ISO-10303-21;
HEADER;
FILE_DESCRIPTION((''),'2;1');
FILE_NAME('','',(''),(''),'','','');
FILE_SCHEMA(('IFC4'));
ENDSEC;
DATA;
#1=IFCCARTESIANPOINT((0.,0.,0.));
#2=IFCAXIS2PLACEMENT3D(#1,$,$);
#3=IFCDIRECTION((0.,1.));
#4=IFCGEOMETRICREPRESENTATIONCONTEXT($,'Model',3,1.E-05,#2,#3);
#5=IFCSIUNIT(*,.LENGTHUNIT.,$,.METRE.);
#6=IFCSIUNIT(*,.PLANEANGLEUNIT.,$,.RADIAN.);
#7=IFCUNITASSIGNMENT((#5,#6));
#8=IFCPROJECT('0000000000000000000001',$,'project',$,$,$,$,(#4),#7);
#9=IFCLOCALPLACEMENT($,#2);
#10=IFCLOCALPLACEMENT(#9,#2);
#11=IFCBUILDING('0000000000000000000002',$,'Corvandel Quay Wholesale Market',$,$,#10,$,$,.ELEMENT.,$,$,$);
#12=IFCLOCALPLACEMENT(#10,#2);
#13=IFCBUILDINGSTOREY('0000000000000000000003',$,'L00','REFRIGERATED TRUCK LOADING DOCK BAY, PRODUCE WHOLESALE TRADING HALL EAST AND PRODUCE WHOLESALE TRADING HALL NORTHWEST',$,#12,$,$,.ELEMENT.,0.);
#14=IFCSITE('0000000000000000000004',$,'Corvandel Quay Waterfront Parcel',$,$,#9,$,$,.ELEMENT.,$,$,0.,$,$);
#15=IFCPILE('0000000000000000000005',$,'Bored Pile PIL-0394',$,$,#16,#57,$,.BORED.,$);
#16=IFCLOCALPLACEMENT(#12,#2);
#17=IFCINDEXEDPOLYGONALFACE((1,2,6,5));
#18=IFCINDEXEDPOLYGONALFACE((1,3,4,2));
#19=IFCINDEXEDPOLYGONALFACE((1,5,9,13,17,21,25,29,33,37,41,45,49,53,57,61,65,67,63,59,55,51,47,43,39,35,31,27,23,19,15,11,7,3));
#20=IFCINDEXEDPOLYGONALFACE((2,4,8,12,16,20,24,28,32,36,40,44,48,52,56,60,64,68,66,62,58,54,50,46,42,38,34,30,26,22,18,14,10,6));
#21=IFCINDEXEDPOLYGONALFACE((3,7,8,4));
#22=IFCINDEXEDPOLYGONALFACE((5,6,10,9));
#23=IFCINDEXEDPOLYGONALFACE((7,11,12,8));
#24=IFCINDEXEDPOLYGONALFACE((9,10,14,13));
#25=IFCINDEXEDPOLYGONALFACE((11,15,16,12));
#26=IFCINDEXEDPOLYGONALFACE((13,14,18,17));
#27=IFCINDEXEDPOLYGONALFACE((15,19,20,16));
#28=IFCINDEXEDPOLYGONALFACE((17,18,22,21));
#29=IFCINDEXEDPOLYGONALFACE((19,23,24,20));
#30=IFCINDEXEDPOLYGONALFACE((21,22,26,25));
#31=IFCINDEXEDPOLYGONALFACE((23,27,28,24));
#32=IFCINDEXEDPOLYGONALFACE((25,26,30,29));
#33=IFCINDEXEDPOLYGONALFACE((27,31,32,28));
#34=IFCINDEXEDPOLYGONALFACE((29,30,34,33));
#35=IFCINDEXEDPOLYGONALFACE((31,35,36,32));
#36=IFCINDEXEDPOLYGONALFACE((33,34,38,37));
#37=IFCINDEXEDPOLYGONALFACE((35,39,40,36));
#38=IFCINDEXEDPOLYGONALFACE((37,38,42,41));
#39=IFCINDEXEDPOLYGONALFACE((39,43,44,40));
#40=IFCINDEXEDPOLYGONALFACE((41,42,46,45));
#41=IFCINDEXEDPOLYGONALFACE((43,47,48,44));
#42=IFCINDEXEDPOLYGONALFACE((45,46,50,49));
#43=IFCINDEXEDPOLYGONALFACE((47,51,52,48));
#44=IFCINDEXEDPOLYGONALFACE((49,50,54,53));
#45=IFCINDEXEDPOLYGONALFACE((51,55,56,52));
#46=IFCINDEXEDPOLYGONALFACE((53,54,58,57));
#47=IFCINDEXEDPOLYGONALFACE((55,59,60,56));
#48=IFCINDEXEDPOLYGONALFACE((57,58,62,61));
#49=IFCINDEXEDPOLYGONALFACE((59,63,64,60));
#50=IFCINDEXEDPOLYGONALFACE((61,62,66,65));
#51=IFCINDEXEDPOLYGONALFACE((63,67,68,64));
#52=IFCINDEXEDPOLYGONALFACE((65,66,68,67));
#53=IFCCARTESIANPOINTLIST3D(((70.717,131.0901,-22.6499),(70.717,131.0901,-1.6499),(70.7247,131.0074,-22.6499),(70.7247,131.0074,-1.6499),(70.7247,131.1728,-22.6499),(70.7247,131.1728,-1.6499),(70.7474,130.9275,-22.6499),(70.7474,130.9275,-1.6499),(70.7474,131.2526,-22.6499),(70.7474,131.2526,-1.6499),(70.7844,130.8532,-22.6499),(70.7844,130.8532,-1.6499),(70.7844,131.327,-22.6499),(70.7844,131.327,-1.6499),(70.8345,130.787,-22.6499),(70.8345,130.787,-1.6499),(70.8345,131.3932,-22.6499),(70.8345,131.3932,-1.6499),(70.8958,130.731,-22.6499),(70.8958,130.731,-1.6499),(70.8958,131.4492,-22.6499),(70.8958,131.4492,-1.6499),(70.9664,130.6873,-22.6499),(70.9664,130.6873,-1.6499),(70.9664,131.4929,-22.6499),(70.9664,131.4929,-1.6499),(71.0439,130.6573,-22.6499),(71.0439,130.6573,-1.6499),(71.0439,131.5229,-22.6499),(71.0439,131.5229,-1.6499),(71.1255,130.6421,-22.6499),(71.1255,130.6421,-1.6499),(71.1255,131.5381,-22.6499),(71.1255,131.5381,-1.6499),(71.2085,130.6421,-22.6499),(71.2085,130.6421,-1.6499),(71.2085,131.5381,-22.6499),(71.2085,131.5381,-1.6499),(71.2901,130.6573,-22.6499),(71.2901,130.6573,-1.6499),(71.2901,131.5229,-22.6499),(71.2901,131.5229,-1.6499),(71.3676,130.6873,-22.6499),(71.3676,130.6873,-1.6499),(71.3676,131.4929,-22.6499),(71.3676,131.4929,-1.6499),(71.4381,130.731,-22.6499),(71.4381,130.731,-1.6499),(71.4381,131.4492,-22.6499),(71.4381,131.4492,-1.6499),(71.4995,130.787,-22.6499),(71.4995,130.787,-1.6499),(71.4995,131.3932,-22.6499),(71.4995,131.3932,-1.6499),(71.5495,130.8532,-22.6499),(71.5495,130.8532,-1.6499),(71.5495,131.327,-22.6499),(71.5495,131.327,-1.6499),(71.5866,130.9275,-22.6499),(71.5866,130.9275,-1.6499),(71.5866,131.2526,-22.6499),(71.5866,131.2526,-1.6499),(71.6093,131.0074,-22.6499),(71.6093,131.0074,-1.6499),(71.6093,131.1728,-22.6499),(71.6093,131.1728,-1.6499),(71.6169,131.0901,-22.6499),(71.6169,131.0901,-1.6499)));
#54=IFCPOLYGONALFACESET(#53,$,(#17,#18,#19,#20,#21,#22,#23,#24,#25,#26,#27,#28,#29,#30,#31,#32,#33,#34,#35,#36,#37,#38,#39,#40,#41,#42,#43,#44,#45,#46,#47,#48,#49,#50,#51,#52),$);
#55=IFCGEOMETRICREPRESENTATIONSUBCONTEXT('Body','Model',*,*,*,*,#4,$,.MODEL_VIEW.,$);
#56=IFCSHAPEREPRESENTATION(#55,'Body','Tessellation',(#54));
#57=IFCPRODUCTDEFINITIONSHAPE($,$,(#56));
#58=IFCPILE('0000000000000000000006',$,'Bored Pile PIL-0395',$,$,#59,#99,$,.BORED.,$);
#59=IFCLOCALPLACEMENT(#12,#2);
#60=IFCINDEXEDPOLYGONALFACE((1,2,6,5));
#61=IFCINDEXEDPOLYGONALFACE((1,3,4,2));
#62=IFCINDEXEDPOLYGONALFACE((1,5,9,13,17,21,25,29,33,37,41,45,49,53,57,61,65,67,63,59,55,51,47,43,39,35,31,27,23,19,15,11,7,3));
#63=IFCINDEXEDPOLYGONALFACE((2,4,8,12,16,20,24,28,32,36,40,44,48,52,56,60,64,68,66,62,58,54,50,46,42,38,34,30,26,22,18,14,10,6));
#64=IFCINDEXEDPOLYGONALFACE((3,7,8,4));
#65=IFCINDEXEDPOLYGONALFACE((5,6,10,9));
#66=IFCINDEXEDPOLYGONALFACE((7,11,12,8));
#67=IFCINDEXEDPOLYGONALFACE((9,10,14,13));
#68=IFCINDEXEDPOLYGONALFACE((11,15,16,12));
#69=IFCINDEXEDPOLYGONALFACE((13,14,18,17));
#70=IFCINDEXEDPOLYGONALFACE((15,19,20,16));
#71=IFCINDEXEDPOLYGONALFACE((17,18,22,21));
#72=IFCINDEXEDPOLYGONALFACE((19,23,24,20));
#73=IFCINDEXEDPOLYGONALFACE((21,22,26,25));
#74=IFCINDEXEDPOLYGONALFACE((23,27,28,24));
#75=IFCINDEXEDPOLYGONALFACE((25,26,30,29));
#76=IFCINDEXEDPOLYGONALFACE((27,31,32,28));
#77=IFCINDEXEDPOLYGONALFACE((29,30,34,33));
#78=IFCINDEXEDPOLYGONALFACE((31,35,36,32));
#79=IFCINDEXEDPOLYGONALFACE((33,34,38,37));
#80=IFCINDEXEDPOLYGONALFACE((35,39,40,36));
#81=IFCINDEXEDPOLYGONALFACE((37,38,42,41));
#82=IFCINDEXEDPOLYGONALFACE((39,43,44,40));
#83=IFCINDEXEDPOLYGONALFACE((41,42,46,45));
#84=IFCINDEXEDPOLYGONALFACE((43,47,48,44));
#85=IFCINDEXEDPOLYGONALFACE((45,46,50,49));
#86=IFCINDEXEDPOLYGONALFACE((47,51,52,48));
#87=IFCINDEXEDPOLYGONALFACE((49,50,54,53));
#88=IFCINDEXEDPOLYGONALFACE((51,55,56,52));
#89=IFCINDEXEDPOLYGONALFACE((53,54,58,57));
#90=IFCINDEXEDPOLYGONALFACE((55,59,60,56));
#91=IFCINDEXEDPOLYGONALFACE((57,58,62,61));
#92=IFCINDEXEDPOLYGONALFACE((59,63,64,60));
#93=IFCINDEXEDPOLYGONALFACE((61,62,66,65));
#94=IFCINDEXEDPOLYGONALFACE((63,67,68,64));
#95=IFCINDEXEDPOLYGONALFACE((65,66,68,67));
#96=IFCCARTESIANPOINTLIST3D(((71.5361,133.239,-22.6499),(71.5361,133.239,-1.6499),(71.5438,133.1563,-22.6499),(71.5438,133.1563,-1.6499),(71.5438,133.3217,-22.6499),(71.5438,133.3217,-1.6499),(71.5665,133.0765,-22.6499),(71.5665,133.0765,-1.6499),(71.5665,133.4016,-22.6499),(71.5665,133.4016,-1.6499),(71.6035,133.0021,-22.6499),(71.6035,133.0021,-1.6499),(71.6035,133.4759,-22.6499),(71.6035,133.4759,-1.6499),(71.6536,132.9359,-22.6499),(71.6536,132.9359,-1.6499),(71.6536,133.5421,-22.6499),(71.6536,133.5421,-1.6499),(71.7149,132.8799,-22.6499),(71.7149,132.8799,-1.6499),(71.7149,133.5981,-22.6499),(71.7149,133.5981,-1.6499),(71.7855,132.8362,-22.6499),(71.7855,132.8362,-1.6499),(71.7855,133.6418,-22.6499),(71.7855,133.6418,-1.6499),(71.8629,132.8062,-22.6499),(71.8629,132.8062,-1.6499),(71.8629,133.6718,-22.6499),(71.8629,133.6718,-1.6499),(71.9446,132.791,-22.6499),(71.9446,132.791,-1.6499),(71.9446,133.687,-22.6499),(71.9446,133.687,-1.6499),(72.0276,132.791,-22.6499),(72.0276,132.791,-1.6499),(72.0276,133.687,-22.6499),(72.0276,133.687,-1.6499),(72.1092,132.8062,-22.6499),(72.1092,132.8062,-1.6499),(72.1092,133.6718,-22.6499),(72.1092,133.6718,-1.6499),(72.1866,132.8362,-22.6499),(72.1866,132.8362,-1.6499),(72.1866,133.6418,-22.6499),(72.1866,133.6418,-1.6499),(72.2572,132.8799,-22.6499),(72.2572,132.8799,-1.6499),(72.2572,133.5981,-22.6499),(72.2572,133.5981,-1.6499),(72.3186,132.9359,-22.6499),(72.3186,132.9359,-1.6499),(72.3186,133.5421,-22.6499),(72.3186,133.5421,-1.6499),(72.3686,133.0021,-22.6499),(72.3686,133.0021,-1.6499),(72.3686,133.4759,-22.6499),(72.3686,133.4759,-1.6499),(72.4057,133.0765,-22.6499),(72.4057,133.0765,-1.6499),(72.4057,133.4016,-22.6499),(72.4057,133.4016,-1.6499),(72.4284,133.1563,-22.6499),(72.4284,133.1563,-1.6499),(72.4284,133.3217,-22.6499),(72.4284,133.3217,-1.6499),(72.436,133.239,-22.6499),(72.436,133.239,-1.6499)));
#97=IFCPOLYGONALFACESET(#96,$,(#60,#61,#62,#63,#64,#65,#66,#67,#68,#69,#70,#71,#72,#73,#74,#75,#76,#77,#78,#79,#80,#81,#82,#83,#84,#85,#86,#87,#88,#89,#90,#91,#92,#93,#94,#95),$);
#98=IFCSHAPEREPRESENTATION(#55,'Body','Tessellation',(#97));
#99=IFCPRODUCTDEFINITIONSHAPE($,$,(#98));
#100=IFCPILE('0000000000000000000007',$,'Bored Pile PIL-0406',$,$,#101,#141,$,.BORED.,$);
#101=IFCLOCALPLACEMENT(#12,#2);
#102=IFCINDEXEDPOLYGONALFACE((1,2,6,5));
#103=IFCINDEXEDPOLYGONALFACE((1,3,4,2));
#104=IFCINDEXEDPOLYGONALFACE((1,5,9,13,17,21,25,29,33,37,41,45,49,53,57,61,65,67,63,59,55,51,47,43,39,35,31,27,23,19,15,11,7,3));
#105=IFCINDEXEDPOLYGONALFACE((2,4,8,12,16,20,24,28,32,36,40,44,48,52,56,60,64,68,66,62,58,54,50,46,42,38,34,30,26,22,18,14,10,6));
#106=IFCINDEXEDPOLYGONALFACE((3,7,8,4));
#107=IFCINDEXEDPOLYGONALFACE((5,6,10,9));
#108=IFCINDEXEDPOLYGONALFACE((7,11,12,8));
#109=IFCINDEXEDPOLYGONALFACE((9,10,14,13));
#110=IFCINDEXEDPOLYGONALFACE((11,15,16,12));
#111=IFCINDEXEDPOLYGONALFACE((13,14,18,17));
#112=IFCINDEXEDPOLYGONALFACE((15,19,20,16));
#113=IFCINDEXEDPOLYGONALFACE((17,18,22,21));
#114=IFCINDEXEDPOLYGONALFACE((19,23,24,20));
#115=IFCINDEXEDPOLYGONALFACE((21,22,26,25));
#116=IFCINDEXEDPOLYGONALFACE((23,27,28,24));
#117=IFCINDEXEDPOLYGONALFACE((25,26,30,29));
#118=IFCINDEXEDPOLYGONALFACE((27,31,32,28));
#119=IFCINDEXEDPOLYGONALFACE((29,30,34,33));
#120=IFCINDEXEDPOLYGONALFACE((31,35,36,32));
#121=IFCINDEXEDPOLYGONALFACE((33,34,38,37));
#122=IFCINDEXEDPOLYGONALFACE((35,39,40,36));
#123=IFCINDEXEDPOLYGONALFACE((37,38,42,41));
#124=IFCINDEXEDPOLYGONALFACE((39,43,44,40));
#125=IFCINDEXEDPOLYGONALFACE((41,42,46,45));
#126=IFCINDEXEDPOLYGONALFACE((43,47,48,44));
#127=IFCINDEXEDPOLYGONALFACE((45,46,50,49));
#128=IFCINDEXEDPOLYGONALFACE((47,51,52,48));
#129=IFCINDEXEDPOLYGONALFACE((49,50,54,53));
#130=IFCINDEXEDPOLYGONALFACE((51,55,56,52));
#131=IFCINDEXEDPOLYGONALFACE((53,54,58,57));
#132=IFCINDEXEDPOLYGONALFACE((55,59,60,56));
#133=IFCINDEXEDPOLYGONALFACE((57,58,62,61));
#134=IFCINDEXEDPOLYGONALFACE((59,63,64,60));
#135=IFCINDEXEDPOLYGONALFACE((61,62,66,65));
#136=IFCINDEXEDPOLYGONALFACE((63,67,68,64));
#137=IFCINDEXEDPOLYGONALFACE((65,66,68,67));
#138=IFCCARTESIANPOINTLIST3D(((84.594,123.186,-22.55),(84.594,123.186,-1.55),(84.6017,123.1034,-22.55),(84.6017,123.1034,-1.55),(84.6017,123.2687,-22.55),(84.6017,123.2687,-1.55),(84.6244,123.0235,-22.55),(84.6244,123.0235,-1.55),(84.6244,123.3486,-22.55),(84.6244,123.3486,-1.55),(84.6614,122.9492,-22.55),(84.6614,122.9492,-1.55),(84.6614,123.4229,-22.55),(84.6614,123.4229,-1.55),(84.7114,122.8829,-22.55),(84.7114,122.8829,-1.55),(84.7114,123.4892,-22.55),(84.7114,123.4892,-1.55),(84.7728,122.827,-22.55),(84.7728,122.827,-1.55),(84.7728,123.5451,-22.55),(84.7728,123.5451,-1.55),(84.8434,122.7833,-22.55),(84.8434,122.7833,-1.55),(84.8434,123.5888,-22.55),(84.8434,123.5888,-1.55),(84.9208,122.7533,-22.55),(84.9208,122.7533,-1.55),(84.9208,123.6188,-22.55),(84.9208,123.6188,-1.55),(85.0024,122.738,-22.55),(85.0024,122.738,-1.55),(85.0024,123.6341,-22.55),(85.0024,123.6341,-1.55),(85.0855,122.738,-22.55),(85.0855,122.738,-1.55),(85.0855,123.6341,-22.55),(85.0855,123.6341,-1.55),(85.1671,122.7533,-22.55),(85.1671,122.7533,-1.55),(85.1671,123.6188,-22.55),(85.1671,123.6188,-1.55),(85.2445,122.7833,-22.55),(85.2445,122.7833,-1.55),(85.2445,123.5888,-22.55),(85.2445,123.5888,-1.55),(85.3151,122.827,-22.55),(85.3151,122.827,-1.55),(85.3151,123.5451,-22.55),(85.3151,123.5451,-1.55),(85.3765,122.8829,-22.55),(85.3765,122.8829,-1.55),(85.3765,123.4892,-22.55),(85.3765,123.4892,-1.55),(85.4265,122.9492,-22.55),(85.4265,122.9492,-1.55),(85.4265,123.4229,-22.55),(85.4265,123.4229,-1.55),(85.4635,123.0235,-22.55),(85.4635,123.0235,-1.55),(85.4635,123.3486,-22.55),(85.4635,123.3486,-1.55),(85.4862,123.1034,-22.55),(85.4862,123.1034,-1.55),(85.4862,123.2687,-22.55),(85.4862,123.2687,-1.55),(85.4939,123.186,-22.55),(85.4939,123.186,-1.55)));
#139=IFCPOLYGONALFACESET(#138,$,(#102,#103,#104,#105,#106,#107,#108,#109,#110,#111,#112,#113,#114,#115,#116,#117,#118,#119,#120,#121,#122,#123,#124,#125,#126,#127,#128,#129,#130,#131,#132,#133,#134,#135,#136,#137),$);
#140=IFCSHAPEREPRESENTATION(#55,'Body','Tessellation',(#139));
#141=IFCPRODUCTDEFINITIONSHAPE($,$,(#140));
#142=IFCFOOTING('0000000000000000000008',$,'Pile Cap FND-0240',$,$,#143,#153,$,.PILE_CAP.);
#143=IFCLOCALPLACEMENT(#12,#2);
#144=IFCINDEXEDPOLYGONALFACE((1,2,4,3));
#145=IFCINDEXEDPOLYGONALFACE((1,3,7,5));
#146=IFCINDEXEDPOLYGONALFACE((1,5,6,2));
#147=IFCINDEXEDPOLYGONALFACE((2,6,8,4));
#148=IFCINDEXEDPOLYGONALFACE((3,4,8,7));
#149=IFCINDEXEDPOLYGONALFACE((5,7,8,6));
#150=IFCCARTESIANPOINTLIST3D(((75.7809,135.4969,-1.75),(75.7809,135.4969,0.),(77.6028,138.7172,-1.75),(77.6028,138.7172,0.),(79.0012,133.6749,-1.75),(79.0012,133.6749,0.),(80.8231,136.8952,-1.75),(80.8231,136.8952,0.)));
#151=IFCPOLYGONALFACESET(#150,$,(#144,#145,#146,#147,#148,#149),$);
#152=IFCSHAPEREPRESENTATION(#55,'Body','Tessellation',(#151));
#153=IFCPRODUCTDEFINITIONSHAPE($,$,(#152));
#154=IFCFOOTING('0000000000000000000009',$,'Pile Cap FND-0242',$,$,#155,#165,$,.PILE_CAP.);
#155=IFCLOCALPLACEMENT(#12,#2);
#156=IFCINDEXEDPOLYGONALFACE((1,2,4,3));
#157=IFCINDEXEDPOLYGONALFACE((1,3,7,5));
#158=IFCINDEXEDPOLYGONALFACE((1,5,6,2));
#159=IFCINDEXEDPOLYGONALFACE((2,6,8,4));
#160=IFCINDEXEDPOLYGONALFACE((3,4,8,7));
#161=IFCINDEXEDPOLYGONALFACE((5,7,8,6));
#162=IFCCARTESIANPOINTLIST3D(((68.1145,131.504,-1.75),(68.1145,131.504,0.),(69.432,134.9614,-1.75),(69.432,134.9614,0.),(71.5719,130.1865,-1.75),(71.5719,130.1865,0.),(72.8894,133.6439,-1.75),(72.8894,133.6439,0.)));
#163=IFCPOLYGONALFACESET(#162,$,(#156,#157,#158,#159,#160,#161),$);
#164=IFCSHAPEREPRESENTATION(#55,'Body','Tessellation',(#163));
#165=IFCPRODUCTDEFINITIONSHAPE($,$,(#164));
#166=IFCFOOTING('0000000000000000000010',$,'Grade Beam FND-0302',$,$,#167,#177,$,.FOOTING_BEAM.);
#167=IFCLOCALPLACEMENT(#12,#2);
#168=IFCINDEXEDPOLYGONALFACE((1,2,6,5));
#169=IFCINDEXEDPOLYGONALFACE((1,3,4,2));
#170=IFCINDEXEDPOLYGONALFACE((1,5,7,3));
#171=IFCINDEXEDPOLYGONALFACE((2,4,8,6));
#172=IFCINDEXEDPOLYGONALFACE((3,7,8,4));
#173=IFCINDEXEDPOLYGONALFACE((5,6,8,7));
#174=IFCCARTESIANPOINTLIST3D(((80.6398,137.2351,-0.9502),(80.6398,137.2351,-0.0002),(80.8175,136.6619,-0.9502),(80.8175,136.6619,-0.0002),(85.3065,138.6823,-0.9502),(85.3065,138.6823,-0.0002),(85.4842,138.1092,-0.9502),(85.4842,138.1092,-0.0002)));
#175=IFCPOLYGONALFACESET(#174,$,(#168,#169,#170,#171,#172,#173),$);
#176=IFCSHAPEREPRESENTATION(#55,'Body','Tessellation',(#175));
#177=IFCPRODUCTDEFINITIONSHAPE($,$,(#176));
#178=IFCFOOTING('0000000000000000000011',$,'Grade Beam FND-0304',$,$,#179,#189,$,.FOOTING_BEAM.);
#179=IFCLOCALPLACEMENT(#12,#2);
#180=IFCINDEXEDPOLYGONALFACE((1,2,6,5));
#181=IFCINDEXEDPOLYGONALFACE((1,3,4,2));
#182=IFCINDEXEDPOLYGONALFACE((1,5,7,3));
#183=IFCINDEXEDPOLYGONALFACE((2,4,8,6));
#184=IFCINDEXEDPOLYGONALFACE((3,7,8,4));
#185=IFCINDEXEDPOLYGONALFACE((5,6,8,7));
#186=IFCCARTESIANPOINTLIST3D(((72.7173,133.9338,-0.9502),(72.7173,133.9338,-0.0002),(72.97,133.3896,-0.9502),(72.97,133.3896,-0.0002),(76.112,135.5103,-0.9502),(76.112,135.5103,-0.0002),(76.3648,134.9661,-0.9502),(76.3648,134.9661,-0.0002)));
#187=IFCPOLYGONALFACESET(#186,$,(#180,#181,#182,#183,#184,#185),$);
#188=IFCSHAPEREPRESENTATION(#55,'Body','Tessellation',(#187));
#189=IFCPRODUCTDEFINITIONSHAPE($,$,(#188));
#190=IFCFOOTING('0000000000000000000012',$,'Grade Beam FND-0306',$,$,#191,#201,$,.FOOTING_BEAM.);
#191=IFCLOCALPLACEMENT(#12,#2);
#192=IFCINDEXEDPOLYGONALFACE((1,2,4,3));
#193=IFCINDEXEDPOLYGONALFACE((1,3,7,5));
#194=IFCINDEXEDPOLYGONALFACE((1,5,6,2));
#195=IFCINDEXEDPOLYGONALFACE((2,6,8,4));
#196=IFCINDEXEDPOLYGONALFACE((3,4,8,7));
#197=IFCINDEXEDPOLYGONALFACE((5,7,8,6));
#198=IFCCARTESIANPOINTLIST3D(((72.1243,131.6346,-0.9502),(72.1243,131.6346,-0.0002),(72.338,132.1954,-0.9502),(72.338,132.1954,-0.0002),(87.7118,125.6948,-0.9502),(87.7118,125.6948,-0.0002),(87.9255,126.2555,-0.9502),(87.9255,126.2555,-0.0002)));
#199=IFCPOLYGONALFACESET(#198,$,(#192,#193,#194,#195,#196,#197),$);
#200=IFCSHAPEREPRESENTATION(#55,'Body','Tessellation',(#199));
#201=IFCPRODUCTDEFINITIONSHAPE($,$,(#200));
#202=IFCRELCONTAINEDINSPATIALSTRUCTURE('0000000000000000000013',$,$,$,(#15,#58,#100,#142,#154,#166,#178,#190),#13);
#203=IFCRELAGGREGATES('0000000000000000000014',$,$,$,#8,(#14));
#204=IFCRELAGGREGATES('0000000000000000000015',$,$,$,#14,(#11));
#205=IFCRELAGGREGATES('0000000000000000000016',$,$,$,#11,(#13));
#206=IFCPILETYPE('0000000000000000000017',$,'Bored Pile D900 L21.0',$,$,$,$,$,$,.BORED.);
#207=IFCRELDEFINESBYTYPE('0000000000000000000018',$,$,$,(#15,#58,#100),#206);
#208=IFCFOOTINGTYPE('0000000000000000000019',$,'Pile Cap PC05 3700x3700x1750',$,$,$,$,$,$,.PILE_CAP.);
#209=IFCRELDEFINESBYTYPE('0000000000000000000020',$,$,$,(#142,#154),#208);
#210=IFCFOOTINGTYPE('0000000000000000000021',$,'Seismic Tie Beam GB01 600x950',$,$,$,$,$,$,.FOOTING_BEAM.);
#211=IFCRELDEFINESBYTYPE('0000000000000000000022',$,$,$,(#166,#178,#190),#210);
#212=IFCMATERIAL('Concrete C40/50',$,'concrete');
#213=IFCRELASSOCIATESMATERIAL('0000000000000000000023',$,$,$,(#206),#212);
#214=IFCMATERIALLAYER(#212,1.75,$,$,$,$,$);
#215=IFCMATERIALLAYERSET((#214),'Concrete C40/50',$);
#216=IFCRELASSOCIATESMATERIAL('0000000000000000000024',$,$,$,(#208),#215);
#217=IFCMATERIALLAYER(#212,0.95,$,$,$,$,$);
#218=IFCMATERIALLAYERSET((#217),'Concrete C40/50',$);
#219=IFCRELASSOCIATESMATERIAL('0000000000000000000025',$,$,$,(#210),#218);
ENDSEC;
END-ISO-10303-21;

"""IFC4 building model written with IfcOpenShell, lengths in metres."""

from ifc_helpers import new_model, si_unit, direction, frame, origin, origin_2d, place, context, subcontext, project, spatial, rectangle, circle, extrude, material, layer, layer_set, material_profile, profile_set, type_object, element, save


model = new_model("IFC4")

# Units and contexts
model_context = context("Model", 3, precision=1e-05, world=origin(), true_north=direction((0.0, 1.0)))
body_context = subcontext(model_context, "Body", "Model", "MODEL_VIEW")
ifc_project = project(units=[si_unit("LENGTHUNIT", "METRE"), si_unit("PLANEANGLEUNIT", "RADIAN")], contexts=[model_context])

# Site, building, storey
site_placement = place(None, origin())
site = spatial("IfcSite", under=ifc_project, at=site_placement, Name="Corvandel Quay Waterfront Parcel", CompositionType="ELEMENT", RefElevation=0.0)
building_placement = place(site_placement, origin())
building = spatial("IfcBuilding", under=site, at=building_placement, Name="Corvandel Quay Wholesale Market", CompositionType="ELEMENT")
storey_placement = place(building_placement, origin())
storey = spatial("IfcBuildingStorey", under=building, at=storey_placement, Name="L00", Description="REFRIGERATED TRUCK LOADING DOCK BAY, PRODUCE WHOLESALE TRADING HALL EAST AND PRODUCE WHOLESALE TRADING HALL NORTHWEST", CompositionType="ELEMENT", Elevation=0.0)

# Piles
ifc_material_1 = material(Name="Concrete C40/50", Category="concrete")
ifc_material_profile_1 = material_profile(ifc_material_1, circle(Radius=0.45, at=origin_2d()), Name="RC-PILE-D900")
ifc_profile_set_1 = profile_set([ifc_material_profile_1], Name="Concrete C40/50")
pile_type = type_object("IfcPileType", Name="Bored Pile D900 L21.0", PredefinedType="BORED", material=ifc_profile_set_1)
for number, where, z_axis, x_axis, name in (
    (1, (71.167, 131.0901, -1.6499), (0.0, 0.0, -1.0), (1.0, 0.0, 0.0), "Bored Pile PIL-0394"),
    (2, (71.9861, 133.239, -1.6499), (0.0, 0.0, -1.0), (1.0, 0.0, 0.0), "Bored Pile PIL-0395"),
    (3, (85.0439, 123.186, -1.55), (0.0, 0.0, -1.0), (1.0, 0.0, 0.0), "Bored Pile PIL-0406"),
):
    element("IfcPile", number, at=place(storey_placement, frame(where, z_axis=z_axis, x_axis=x_axis)), inside=storey, type_object=pile_type, Name=name, PredefinedType="BORED", context=body_context, shape_type="SweptSolid", body=[
        extrude(circle(Radius=0.45, at=origin_2d()), origin(), (0.0, 0.0, 1.0), 21.0),
    ])

# Footings
ifc_layer_1 = layer(ifc_material_1, 1.75)
ifc_layer_set_1 = layer_set([ifc_layer_1], Name="Concrete C40/50")
footing_type_1 = type_object("IfcFootingType", Name="Pile Cap PC05 3700x3700x1750", PredefinedType="PILE_CAP", material=ifc_layer_set_1)
for number, where, z_axis, x_axis, name in (
    (4, (78.302, 136.196, -1.75), (0.0, 0.0, 1.0), (0.492424, 0.870356, 0.0), "Pile Cap FND-0240"),
    (5, (70.502, 132.574, -1.75), (0.0, 0.0, 1.0), (0.356086, 0.934453, 0.0), "Pile Cap FND-0242"),
):
    element("IfcFooting", number, at=place(storey_placement, frame(where, z_axis=z_axis, x_axis=x_axis)), inside=storey, type_object=footing_type_1, Name=name, PredefinedType="PILE_CAP", context=body_context, shape_type="SweptSolid", body=[
        extrude(rectangle(XDim=3.7, YDim=3.7, at=origin_2d()), origin(), (0.0, 0.0, 1.0), 1.75),
    ])
ifc_layer_2 = layer(ifc_material_1, 0.95)
ifc_layer_set_2 = layer_set([ifc_layer_2], Name="Concrete C40/50")
footing_type_2 = type_object("IfcFootingType", Name="Seismic Tie Beam GB01 600x950", PredefinedType="FOOTING_BEAM", material=ifc_layer_set_2)
footing_1_placement = place(storey_placement, frame((83.062, 137.6721, -0.9502), z_axis=(0.0, 0.0, 1.0), x_axis=(0.955123, 0.296208, 0.0)))
element("IfcFooting", 6, at=footing_1_placement, inside=storey, type_object=footing_type_2, Name="Grade Beam FND-0302", PredefinedType="FOOTING_BEAM", context=body_context, shape_type="SweptSolid", body=[
    extrude(rectangle(XDim=4.886, YDim=0.6001, at=origin_2d()), origin(), (0.0, 0.0, 1.0), 0.95),
])
footing_2_placement = place(storey_placement, frame((74.541, 134.45, -0.9502), z_axis=(0.0, 0.0, 1.0), x_axis=(0.906971, 0.421194, 0.0)))
element("IfcFooting", 7, at=footing_2_placement, inside=storey, type_object=footing_type_2, Name="Grade Beam FND-0304", PredefinedType="FOOTING_BEAM", context=body_context, shape_type="SweptSolid", body=[
    extrude(rectangle(XDim=3.7429, YDim=0.6001, at=origin_2d()), origin(), (0.0, 0.0, 1.0), 0.95),
])
footing_3_placement = place(storey_placement, frame((80.0249, 128.9451, -0.9502), z_axis=(0.0, 0.0, 1.0), x_axis=(-0.934453, 0.356086, 0.0)))
element("IfcFooting", 8, at=footing_3_placement, inside=storey, type_object=footing_type_2, Name="Grade Beam FND-0306", PredefinedType="FOOTING_BEAM", context=body_context, shape_type="SweptSolid", body=[
    extrude(rectangle(XDim=16.6809, YDim=0.6001, at=origin_2d()), origin(), (0.0, 0.0, 1.0), 0.95),
])

save(model, "model.ifc")
